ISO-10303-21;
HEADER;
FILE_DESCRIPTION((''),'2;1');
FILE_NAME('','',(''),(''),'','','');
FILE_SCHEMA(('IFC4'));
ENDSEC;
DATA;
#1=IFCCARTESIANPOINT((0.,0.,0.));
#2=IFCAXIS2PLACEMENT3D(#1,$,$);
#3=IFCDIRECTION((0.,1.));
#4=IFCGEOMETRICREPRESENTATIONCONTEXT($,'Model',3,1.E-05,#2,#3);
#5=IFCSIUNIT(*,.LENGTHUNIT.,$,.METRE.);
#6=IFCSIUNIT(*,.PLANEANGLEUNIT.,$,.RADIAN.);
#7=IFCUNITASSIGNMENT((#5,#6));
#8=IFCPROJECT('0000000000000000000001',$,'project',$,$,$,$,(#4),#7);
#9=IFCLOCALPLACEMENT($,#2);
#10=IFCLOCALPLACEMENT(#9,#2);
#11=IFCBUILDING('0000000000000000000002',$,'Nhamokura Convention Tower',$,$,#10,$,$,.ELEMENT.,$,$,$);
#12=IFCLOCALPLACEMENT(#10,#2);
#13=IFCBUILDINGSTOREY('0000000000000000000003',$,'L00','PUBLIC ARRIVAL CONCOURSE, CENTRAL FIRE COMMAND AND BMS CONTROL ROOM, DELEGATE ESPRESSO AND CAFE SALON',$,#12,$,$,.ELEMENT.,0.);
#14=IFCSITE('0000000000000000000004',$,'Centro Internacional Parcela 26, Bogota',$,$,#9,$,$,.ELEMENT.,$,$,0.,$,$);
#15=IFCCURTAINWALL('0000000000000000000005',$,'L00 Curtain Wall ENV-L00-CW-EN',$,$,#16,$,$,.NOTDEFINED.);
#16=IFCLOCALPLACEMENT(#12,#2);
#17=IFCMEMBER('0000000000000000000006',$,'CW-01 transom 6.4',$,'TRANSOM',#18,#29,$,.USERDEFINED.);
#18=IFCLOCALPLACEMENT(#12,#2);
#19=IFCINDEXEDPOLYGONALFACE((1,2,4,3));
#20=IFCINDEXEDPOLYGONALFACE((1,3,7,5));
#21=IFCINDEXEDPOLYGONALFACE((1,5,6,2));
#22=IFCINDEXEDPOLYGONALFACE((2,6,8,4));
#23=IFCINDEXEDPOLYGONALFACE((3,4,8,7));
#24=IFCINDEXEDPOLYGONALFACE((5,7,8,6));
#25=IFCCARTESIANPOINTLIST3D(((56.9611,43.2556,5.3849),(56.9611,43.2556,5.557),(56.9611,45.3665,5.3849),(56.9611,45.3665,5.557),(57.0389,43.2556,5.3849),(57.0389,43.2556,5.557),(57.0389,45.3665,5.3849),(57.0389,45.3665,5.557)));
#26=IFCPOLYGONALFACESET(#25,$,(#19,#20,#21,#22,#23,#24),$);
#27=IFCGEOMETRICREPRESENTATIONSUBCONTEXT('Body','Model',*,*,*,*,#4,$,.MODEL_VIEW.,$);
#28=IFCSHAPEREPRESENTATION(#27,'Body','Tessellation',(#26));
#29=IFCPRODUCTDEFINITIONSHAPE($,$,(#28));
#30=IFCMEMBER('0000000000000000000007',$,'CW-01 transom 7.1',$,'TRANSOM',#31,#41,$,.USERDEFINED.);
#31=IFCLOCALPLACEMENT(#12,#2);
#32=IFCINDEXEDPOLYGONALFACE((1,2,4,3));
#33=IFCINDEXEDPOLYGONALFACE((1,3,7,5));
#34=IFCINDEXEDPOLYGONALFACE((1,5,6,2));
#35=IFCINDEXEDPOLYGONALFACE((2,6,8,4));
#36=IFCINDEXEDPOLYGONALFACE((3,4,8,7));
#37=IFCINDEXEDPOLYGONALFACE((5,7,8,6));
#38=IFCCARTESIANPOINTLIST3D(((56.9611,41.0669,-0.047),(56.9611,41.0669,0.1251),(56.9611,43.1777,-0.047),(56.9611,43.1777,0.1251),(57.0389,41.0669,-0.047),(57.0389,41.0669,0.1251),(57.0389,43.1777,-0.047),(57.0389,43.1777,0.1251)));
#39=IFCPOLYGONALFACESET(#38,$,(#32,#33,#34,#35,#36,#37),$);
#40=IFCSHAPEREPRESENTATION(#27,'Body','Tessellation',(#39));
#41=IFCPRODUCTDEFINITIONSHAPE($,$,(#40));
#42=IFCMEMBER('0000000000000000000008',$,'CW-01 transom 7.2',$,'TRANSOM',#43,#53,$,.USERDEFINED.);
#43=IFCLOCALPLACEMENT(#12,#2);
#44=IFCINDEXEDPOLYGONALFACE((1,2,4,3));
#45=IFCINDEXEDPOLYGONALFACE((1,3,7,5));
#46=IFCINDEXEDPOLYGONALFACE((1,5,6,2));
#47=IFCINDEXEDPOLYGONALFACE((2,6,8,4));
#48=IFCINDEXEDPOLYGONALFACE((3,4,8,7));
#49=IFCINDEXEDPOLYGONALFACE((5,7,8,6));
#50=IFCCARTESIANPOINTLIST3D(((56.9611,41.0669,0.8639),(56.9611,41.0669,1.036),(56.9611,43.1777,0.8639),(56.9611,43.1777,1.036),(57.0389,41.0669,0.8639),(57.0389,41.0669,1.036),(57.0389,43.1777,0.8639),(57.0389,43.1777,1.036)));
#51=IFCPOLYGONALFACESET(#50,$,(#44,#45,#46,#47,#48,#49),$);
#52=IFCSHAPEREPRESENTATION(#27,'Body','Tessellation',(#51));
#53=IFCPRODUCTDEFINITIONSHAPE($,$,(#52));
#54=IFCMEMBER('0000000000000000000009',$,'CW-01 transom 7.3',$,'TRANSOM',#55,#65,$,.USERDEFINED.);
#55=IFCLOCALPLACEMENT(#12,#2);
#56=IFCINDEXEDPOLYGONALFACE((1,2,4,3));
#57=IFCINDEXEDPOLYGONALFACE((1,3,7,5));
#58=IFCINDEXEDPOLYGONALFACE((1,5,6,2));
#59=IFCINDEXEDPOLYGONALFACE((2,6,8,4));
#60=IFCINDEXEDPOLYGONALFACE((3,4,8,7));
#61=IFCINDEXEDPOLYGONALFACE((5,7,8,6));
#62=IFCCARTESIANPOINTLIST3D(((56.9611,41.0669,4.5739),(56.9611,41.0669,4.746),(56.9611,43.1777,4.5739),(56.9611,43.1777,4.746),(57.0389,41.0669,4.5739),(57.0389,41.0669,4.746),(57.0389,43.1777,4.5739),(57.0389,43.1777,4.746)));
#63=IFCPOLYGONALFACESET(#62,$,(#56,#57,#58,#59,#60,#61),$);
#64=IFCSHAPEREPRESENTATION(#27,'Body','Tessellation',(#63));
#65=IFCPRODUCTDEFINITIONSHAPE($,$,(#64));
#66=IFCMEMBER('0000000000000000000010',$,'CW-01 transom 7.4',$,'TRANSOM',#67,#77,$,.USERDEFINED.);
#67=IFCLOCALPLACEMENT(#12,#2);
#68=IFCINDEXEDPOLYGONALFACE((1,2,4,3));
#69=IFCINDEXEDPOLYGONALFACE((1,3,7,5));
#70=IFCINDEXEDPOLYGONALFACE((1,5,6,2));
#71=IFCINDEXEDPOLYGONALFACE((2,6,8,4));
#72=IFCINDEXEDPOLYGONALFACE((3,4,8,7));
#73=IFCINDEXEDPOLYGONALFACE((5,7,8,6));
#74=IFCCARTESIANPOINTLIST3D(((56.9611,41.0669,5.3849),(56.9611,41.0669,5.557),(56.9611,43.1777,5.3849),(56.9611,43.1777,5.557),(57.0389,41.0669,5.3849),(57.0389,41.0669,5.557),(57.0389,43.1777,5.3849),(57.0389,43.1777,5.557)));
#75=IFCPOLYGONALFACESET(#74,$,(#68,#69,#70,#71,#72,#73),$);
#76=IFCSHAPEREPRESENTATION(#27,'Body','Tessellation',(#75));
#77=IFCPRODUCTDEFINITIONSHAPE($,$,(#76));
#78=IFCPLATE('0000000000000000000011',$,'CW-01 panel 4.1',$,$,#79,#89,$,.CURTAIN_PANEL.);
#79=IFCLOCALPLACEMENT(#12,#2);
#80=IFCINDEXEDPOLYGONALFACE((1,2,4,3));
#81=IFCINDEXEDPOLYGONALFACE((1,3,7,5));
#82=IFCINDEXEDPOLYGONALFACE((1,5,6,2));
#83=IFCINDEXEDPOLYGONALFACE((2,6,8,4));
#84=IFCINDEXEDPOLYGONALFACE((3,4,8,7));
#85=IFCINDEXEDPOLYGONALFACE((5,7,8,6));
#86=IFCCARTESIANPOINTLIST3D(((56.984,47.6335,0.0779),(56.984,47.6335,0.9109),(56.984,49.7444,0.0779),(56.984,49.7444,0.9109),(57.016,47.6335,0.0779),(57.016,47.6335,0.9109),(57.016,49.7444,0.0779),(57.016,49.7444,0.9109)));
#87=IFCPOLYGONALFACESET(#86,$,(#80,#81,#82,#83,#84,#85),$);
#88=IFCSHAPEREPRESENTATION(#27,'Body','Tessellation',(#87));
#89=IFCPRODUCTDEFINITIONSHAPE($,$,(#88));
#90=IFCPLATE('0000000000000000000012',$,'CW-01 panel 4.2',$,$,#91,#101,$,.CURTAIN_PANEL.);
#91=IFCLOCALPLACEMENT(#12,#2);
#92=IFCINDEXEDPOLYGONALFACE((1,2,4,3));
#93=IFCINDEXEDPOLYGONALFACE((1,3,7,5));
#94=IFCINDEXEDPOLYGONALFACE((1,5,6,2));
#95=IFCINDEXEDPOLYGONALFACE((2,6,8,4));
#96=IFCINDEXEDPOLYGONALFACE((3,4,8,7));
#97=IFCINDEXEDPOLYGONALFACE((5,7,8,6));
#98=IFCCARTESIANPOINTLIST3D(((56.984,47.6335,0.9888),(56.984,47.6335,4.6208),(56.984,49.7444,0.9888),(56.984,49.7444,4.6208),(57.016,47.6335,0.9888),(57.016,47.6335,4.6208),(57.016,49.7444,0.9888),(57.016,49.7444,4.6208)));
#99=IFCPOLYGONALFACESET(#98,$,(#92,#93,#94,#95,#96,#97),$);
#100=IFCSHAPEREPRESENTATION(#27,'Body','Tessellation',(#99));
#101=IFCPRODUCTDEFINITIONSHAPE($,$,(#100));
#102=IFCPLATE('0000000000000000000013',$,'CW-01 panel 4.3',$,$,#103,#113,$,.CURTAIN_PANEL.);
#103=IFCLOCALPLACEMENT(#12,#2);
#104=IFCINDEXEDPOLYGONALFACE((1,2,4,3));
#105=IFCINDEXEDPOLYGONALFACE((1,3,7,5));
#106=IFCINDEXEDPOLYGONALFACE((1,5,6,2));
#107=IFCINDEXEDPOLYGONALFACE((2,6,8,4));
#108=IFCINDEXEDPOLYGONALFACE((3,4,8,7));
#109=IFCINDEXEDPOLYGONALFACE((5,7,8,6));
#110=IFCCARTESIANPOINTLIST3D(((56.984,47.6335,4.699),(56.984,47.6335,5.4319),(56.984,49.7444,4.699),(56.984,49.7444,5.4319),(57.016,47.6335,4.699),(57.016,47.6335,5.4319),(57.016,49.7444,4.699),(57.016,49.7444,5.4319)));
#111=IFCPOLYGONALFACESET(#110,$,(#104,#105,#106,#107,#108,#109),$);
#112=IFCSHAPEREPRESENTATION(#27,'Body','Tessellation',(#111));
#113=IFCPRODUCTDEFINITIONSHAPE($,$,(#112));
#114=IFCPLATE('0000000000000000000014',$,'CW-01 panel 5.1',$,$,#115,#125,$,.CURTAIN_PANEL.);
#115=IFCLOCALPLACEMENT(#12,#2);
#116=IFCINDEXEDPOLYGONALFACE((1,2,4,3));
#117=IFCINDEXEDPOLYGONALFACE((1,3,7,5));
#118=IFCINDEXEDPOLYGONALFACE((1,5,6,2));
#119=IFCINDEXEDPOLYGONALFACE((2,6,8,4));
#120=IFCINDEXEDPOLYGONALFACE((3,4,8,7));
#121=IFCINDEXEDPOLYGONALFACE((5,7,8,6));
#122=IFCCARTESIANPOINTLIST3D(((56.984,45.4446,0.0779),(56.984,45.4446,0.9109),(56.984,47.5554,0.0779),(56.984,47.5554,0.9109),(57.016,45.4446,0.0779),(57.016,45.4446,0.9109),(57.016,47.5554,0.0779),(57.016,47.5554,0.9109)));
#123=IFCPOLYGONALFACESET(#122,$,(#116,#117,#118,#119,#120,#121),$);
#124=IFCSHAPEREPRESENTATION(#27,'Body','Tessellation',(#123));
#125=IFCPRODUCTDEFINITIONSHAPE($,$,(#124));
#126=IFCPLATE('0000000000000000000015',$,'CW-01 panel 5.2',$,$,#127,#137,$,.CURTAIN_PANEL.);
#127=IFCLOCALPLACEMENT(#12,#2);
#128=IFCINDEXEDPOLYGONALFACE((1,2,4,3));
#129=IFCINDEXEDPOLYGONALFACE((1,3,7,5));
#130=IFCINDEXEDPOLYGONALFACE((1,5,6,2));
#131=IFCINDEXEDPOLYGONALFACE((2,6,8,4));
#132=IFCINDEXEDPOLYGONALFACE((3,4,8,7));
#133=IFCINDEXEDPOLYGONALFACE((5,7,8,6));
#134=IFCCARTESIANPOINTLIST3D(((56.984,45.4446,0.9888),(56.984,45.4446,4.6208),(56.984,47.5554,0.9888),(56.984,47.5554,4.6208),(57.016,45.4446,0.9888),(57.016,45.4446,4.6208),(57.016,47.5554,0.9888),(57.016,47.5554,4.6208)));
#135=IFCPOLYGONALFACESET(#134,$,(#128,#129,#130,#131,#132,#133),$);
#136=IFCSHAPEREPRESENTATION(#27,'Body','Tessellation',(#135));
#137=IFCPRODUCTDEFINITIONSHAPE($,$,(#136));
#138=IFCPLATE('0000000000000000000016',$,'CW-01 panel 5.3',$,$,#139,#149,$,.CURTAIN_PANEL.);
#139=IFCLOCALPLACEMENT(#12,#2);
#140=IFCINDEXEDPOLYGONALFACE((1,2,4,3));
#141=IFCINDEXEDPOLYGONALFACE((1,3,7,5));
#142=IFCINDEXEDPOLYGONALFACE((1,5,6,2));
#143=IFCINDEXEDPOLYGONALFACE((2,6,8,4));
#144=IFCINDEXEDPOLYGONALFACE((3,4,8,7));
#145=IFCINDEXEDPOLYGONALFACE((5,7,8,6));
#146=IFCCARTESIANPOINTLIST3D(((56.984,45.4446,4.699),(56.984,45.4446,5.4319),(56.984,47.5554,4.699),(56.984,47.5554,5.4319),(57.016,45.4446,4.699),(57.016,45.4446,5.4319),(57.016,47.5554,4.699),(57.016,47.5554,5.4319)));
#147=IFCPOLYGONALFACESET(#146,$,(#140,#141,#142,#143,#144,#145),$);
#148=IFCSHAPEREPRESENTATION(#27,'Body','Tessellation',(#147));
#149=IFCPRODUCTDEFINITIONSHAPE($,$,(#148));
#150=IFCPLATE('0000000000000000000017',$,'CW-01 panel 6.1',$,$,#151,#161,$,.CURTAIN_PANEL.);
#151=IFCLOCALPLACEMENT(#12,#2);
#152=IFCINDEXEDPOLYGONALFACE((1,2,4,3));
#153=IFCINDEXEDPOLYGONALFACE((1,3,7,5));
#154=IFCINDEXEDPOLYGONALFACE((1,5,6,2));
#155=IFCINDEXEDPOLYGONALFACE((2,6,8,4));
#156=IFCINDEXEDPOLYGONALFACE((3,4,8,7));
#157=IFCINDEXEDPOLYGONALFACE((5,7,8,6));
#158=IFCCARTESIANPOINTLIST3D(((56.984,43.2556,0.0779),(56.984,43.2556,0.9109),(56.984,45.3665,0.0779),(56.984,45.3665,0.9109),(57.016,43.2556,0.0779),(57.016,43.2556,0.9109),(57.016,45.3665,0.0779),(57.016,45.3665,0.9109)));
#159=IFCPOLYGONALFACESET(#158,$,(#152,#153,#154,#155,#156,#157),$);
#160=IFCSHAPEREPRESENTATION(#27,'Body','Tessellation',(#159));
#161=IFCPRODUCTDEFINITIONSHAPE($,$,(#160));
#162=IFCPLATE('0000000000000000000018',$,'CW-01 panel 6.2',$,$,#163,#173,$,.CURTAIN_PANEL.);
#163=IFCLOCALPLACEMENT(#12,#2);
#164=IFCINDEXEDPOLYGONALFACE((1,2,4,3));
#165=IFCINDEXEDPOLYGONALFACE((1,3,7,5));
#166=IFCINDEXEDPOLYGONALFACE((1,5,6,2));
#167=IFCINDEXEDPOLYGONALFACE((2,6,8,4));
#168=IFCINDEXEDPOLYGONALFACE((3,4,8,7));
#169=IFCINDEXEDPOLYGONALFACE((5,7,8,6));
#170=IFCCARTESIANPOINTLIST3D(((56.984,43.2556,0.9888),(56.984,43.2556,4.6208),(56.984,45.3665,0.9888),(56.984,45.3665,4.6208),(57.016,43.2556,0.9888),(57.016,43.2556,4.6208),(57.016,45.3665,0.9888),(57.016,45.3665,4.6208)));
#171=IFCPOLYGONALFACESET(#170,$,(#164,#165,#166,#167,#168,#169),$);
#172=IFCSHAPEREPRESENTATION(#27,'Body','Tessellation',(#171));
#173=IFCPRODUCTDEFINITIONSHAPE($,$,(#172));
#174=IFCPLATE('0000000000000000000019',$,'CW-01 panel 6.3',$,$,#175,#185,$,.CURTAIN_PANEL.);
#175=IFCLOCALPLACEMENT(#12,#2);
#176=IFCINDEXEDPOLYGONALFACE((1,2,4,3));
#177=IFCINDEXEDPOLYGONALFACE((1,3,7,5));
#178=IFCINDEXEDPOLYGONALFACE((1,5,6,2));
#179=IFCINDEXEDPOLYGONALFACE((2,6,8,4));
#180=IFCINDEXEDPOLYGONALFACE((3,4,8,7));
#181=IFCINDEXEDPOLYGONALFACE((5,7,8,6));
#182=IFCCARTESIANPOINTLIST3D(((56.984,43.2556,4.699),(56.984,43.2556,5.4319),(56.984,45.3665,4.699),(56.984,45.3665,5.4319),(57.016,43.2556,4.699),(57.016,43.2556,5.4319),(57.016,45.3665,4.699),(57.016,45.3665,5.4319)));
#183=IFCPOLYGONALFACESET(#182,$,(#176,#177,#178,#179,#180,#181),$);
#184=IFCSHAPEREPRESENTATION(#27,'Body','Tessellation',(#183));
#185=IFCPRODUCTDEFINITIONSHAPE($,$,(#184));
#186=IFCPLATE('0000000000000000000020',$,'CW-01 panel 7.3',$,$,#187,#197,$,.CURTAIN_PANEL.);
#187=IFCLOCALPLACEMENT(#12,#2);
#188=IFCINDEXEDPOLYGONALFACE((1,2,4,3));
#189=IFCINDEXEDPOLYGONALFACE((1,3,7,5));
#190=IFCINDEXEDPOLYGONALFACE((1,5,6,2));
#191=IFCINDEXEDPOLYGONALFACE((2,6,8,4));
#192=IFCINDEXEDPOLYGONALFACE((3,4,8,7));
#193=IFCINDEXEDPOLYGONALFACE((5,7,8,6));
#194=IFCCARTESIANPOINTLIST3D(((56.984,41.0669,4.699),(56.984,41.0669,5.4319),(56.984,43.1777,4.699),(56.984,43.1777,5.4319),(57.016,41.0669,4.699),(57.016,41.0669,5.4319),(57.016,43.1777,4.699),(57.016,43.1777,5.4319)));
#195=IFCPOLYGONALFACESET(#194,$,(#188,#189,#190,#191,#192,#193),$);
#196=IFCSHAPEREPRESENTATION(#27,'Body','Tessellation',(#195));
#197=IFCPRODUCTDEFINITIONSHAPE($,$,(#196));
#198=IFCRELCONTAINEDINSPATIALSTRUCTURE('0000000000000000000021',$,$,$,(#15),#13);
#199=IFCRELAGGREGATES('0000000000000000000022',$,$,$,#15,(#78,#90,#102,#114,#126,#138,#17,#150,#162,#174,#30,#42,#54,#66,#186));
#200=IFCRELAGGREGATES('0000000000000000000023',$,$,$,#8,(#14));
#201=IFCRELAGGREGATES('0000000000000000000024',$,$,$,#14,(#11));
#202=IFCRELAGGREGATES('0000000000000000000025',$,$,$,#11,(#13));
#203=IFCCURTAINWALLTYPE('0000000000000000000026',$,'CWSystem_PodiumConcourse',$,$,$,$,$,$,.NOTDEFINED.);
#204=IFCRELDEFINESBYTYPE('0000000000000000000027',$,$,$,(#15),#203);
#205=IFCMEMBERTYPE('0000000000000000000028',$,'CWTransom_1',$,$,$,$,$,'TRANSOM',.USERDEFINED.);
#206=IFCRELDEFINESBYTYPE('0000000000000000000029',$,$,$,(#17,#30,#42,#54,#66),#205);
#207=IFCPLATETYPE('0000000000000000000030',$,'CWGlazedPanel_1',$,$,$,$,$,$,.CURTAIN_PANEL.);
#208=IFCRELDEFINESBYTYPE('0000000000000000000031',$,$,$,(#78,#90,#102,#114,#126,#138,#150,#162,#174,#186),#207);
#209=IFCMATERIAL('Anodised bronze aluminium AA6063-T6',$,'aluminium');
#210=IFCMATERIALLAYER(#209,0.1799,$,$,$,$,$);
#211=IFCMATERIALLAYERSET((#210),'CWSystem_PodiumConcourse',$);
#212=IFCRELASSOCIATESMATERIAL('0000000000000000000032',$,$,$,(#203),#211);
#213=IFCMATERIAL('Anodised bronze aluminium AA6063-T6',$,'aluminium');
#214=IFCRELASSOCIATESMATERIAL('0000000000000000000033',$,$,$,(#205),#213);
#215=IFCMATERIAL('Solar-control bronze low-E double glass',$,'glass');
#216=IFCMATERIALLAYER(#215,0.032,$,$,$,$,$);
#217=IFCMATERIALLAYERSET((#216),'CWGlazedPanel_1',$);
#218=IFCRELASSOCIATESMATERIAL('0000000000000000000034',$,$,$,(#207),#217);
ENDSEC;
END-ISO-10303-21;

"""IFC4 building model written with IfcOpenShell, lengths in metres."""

from ifc_helpers import new_model, si_unit, direction, frame, origin, origin_2d, place, context, subcontext, project, spatial, rectangle, extrude, material, layer, layer_set, material_profile, profile_set, type_object, element, aggregate, save


model = new_model("IFC4")

# Units and contexts
model_context = context("Model", 3, precision=1e-05, world=origin(), true_north=direction((0.0, 1.0)))
body_context = subcontext(model_context, "Body", "Model", "MODEL_VIEW")
ifc_project = project(units=[si_unit("LENGTHUNIT", "METRE"), si_unit("PLANEANGLEUNIT", "RADIAN")], contexts=[model_context])

# Site, building, storey
site_placement = place(None, origin())
site = spatial("IfcSite", under=ifc_project, at=site_placement, Name="Centro Internacional Parcela 26, Bogota", CompositionType="ELEMENT", RefElevation=0.0)
building_placement = place(site_placement, origin())
building = spatial("IfcBuilding", under=site, at=building_placement, Name="Nhamokura Convention Tower", CompositionType="ELEMENT")
storey_placement = place(building_placement, origin())
storey = spatial("IfcBuildingStorey", under=building, at=storey_placement, Name="L00", Description="PUBLIC ARRIVAL CONCOURSE, CENTRAL FIRE COMMAND AND BMS CONTROL ROOM, DELEGATE ESPRESSO AND CAFE SALON", CompositionType="ELEMENT", Elevation=0.0)

# Curtain wall, members, plates
ifc_material_1 = material(Name="Anodised bronze aluminium AA6063-T6", Category="aluminium")
ifc_layer_1 = layer(ifc_material_1, 0.1799)
ifc_layer_set_1 = layer_set([ifc_layer_1], Name="CWSystem_PodiumConcourse")
curtain_wall_type = type_object("IfcCurtainWallType", Name="CWSystem_PodiumConcourse", PredefinedType="NOTDEFINED", material=ifc_layer_set_1)
curtain_wall_placement = place(storey_placement, origin())
curtain_wall = element("IfcCurtainWall", 1, at=curtain_wall_placement, inside=storey, type_object=curtain_wall_type, Name="L00 Curtain Wall ENV-L00-CW-EN", PredefinedType="NOTDEFINED")
ifc_material_2 = material(Name="Anodised bronze aluminium AA6063-T6", Category="aluminium")
ifc_material_profile_1 = material_profile(ifc_material_2, rectangle(XDim=0.0779, YDim=0.1721, at=origin_2d()))
ifc_profile_set_1 = profile_set([ifc_material_profile_1], Name="Anodised bronze aluminium AA6063-T6")
member_type_1 = type_object("IfcMemberType", Name="CWTransom_1", ElementType="TRANSOM", PredefinedType="USERDEFINED", material=ifc_profile_set_1)
member_1_placement = place(storey_placement, frame((57.0, 45.3665, 5.4709), z_axis=(0.0, -1.0, 0.0), x_axis=(1.0, 0.0, 0.0)))
member_1 = element("IfcMember", 2, at=member_1_placement, type_object=member_type_1, Name="CW-01 transom 6.4", ObjectType="TRANSOM", PredefinedType="USERDEFINED", context=body_context, shape_type="SweptSolid", body=[
    extrude(rectangle(XDim=0.0779, YDim=0.1721, at=origin_2d()), origin(), (0.0, 0.0, 1.0), 2.1108),
])
member_2_placement = place(storey_placement, frame((57.0, 43.1777, 0.0391), z_axis=(0.0, -1.0, 0.0), x_axis=(1.0, 0.0, 0.0)))
member_2 = element("IfcMember", 3, at=member_2_placement, type_object=member_type_1, Name="CW-01 transom 7.1", ObjectType="TRANSOM", PredefinedType="USERDEFINED", context=body_context, shape_type="SweptSolid", body=[
    extrude(rectangle(XDim=0.0779, YDim=0.1721, at=origin_2d()), origin(), (0.0, 0.0, 1.0), 2.1108),
])
member_3_placement = place(storey_placement, frame((57.0, 43.1777, 0.95), z_axis=(0.0, -1.0, 0.0), x_axis=(1.0, 0.0, 0.0)))
member_3 = element("IfcMember", 4, at=member_3_placement, type_object=member_type_1, Name="CW-01 transom 7.2", ObjectType="TRANSOM", PredefinedType="USERDEFINED", context=body_context, shape_type="SweptSolid", body=[
    extrude(rectangle(XDim=0.0779, YDim=0.1721, at=origin_2d()), origin(), (0.0, 0.0, 1.0), 2.1108),
])
member_4_placement = place(storey_placement, frame((57.0, 43.1777, 4.6599), z_axis=(0.0, -1.0, 0.0), x_axis=(1.0, 0.0, 0.0)))
member_4 = element("IfcMember", 5, at=member_4_placement, type_object=member_type_1, Name="CW-01 transom 7.3", ObjectType="TRANSOM", PredefinedType="USERDEFINED", context=body_context, shape_type="SweptSolid", body=[
    extrude(rectangle(XDim=0.0779, YDim=0.1721, at=origin_2d()), origin(), (0.0, 0.0, 1.0), 2.1108),
])
member_5_placement = place(storey_placement, frame((57.0, 43.1777, 5.4709), z_axis=(0.0, -1.0, 0.0), x_axis=(1.0, 0.0, 0.0)))
member_5 = element("IfcMember", 6, at=member_5_placement, type_object=member_type_1, Name="CW-01 transom 7.4", ObjectType="TRANSOM", PredefinedType="USERDEFINED", context=body_context, shape_type="SweptSolid", body=[
    extrude(rectangle(XDim=0.0779, YDim=0.1721, at=origin_2d()), origin(), (0.0, 0.0, 1.0), 2.1108),
])
ifc_material_3 = material(Name="Solar-control bronze low-E double glass", Category="glass")
ifc_layer_2 = layer(ifc_material_3, 0.032)
ifc_layer_set_2 = layer_set([ifc_layer_2], Name="CWGlazedPanel_1")
plate_type = type_object("IfcPlateType", Name="CWGlazedPanel_1", PredefinedType="CURTAIN_PANEL", material=ifc_layer_set_2)
plate_1_placement = place(storey_placement, frame((57.0, 48.689, 0.0779), z_axis=(0.0, 0.0, 1.0), x_axis=(0.0, -1.0, 0.0)))
plate_1 = element("IfcPlate", 7, at=plate_1_placement, type_object=plate_type, Name="CW-01 panel 4.1", PredefinedType="CURTAIN_PANEL", context=body_context, shape_type="SweptSolid", body=[
    extrude(rectangle(XDim=2.1108, YDim=0.032, at=origin_2d()), origin(), (0.0, 0.0, 1.0), 0.833),
])
plate_2_placement = place(storey_placement, frame((57.0, 48.689, 0.9888), z_axis=(0.0, 0.0, 1.0), x_axis=(0.0, -1.0, 0.0)))
plate_2 = element("IfcPlate", 8, at=plate_2_placement, type_object=plate_type, Name="CW-01 panel 4.2", PredefinedType="CURTAIN_PANEL", context=body_context, shape_type="SweptSolid", body=[
    extrude(rectangle(XDim=2.1108, YDim=0.032, at=origin_2d()), origin(), (0.0, 0.0, 1.0), 3.6321),
])
plate_3_placement = place(storey_placement, frame((57.0, 48.689, 4.699), z_axis=(0.0, 0.0, 1.0), x_axis=(0.0, -1.0, 0.0)))
plate_3 = element("IfcPlate", 9, at=plate_3_placement, type_object=plate_type, Name="CW-01 panel 4.3", PredefinedType="CURTAIN_PANEL", context=body_context, shape_type="SweptSolid", body=[
    extrude(rectangle(XDim=2.1108, YDim=0.032, at=origin_2d()), origin(), (0.0, 0.0, 1.0), 0.7329),
])
plate_4_placement = place(storey_placement, frame((57.0, 46.5, 0.0779), z_axis=(0.0, 0.0, 1.0), x_axis=(0.0, -1.0, 0.0)))
plate_4 = element("IfcPlate", 10, at=plate_4_placement, type_object=plate_type, Name="CW-01 panel 5.1", PredefinedType="CURTAIN_PANEL", context=body_context, shape_type="SweptSolid", body=[
    extrude(rectangle(XDim=2.1108, YDim=0.032, at=origin_2d()), origin(), (0.0, 0.0, 1.0), 0.833),
])
plate_5_placement = place(storey_placement, frame((57.0, 46.5, 0.9888), z_axis=(0.0, 0.0, 1.0), x_axis=(0.0, -1.0, 0.0)))
plate_5 = element("IfcPlate", 11, at=plate_5_placement, type_object=plate_type, Name="CW-01 panel 5.2", PredefinedType="CURTAIN_PANEL", context=body_context, shape_type="SweptSolid", body=[
    extrude(rectangle(XDim=2.1108, YDim=0.032, at=origin_2d()), origin(), (0.0, 0.0, 1.0), 3.6321),
])
plate_6_placement = place(storey_placement, frame((57.0, 46.5, 4.699), z_axis=(0.0, 0.0, 1.0), x_axis=(0.0, -1.0, 0.0)))
plate_6 = element("IfcPlate", 12, at=plate_6_placement, type_object=plate_type, Name="CW-01 panel 5.3", PredefinedType="CURTAIN_PANEL", context=body_context, shape_type="SweptSolid", body=[
    extrude(rectangle(XDim=2.1108, YDim=0.032, at=origin_2d()), origin(), (0.0, 0.0, 1.0), 0.7329),
])
plate_7_placement = place(storey_placement, frame((57.0, 44.311, 0.0779), z_axis=(0.0, 0.0, 1.0), x_axis=(0.0, -1.0, 0.0)))
plate_7 = element("IfcPlate", 13, at=plate_7_placement, type_object=plate_type, Name="CW-01 panel 6.1", PredefinedType="CURTAIN_PANEL", context=body_context, shape_type="SweptSolid", body=[
    extrude(rectangle(XDim=2.1108, YDim=0.032, at=origin_2d()), origin(), (0.0, 0.0, 1.0), 0.833),
])
plate_8_placement = place(storey_placement, frame((57.0, 44.311, 0.9888), z_axis=(0.0, 0.0, 1.0), x_axis=(0.0, -1.0, 0.0)))
plate_8 = element("IfcPlate", 14, at=plate_8_placement, type_object=plate_type, Name="CW-01 panel 6.2", PredefinedType="CURTAIN_PANEL", context=body_context, shape_type="SweptSolid", body=[
    extrude(rectangle(XDim=2.1108, YDim=0.032, at=origin_2d()), origin(), (0.0, 0.0, 1.0), 3.6321),
])
plate_9_placement = place(storey_placement, frame((57.0, 44.311, 4.699), z_axis=(0.0, 0.0, 1.0), x_axis=(0.0, -1.0, 0.0)))
plate_9 = element("IfcPlate", 15, at=plate_9_placement, type_object=plate_type, Name="CW-01 panel 6.3", PredefinedType="CURTAIN_PANEL", context=body_context, shape_type="SweptSolid", body=[
    extrude(rectangle(XDim=2.1108, YDim=0.032, at=origin_2d()), origin(), (0.0, 0.0, 1.0), 0.7329),
])
plate_10_placement = place(storey_placement, frame((57.0, 42.1223, 4.699), z_axis=(0.0, 0.0, 1.0), x_axis=(0.0, -1.0, 0.0)))
plate_10 = element("IfcPlate", 16, at=plate_10_placement, type_object=plate_type, Name="CW-01 panel 7.3", PredefinedType="CURTAIN_PANEL", context=body_context, shape_type="SweptSolid", body=[
    extrude(rectangle(XDim=2.1108, YDim=0.032, at=origin_2d()), origin(), (0.0, 0.0, 1.0), 0.7329),
])
aggregate(curtain_wall, [plate_1, plate_2, plate_3, plate_4, plate_5, plate_6, member_1, plate_7, plate_8, plate_9, member_2, member_3, member_4, member_5, plate_10])

save(model, "model.ifc")
